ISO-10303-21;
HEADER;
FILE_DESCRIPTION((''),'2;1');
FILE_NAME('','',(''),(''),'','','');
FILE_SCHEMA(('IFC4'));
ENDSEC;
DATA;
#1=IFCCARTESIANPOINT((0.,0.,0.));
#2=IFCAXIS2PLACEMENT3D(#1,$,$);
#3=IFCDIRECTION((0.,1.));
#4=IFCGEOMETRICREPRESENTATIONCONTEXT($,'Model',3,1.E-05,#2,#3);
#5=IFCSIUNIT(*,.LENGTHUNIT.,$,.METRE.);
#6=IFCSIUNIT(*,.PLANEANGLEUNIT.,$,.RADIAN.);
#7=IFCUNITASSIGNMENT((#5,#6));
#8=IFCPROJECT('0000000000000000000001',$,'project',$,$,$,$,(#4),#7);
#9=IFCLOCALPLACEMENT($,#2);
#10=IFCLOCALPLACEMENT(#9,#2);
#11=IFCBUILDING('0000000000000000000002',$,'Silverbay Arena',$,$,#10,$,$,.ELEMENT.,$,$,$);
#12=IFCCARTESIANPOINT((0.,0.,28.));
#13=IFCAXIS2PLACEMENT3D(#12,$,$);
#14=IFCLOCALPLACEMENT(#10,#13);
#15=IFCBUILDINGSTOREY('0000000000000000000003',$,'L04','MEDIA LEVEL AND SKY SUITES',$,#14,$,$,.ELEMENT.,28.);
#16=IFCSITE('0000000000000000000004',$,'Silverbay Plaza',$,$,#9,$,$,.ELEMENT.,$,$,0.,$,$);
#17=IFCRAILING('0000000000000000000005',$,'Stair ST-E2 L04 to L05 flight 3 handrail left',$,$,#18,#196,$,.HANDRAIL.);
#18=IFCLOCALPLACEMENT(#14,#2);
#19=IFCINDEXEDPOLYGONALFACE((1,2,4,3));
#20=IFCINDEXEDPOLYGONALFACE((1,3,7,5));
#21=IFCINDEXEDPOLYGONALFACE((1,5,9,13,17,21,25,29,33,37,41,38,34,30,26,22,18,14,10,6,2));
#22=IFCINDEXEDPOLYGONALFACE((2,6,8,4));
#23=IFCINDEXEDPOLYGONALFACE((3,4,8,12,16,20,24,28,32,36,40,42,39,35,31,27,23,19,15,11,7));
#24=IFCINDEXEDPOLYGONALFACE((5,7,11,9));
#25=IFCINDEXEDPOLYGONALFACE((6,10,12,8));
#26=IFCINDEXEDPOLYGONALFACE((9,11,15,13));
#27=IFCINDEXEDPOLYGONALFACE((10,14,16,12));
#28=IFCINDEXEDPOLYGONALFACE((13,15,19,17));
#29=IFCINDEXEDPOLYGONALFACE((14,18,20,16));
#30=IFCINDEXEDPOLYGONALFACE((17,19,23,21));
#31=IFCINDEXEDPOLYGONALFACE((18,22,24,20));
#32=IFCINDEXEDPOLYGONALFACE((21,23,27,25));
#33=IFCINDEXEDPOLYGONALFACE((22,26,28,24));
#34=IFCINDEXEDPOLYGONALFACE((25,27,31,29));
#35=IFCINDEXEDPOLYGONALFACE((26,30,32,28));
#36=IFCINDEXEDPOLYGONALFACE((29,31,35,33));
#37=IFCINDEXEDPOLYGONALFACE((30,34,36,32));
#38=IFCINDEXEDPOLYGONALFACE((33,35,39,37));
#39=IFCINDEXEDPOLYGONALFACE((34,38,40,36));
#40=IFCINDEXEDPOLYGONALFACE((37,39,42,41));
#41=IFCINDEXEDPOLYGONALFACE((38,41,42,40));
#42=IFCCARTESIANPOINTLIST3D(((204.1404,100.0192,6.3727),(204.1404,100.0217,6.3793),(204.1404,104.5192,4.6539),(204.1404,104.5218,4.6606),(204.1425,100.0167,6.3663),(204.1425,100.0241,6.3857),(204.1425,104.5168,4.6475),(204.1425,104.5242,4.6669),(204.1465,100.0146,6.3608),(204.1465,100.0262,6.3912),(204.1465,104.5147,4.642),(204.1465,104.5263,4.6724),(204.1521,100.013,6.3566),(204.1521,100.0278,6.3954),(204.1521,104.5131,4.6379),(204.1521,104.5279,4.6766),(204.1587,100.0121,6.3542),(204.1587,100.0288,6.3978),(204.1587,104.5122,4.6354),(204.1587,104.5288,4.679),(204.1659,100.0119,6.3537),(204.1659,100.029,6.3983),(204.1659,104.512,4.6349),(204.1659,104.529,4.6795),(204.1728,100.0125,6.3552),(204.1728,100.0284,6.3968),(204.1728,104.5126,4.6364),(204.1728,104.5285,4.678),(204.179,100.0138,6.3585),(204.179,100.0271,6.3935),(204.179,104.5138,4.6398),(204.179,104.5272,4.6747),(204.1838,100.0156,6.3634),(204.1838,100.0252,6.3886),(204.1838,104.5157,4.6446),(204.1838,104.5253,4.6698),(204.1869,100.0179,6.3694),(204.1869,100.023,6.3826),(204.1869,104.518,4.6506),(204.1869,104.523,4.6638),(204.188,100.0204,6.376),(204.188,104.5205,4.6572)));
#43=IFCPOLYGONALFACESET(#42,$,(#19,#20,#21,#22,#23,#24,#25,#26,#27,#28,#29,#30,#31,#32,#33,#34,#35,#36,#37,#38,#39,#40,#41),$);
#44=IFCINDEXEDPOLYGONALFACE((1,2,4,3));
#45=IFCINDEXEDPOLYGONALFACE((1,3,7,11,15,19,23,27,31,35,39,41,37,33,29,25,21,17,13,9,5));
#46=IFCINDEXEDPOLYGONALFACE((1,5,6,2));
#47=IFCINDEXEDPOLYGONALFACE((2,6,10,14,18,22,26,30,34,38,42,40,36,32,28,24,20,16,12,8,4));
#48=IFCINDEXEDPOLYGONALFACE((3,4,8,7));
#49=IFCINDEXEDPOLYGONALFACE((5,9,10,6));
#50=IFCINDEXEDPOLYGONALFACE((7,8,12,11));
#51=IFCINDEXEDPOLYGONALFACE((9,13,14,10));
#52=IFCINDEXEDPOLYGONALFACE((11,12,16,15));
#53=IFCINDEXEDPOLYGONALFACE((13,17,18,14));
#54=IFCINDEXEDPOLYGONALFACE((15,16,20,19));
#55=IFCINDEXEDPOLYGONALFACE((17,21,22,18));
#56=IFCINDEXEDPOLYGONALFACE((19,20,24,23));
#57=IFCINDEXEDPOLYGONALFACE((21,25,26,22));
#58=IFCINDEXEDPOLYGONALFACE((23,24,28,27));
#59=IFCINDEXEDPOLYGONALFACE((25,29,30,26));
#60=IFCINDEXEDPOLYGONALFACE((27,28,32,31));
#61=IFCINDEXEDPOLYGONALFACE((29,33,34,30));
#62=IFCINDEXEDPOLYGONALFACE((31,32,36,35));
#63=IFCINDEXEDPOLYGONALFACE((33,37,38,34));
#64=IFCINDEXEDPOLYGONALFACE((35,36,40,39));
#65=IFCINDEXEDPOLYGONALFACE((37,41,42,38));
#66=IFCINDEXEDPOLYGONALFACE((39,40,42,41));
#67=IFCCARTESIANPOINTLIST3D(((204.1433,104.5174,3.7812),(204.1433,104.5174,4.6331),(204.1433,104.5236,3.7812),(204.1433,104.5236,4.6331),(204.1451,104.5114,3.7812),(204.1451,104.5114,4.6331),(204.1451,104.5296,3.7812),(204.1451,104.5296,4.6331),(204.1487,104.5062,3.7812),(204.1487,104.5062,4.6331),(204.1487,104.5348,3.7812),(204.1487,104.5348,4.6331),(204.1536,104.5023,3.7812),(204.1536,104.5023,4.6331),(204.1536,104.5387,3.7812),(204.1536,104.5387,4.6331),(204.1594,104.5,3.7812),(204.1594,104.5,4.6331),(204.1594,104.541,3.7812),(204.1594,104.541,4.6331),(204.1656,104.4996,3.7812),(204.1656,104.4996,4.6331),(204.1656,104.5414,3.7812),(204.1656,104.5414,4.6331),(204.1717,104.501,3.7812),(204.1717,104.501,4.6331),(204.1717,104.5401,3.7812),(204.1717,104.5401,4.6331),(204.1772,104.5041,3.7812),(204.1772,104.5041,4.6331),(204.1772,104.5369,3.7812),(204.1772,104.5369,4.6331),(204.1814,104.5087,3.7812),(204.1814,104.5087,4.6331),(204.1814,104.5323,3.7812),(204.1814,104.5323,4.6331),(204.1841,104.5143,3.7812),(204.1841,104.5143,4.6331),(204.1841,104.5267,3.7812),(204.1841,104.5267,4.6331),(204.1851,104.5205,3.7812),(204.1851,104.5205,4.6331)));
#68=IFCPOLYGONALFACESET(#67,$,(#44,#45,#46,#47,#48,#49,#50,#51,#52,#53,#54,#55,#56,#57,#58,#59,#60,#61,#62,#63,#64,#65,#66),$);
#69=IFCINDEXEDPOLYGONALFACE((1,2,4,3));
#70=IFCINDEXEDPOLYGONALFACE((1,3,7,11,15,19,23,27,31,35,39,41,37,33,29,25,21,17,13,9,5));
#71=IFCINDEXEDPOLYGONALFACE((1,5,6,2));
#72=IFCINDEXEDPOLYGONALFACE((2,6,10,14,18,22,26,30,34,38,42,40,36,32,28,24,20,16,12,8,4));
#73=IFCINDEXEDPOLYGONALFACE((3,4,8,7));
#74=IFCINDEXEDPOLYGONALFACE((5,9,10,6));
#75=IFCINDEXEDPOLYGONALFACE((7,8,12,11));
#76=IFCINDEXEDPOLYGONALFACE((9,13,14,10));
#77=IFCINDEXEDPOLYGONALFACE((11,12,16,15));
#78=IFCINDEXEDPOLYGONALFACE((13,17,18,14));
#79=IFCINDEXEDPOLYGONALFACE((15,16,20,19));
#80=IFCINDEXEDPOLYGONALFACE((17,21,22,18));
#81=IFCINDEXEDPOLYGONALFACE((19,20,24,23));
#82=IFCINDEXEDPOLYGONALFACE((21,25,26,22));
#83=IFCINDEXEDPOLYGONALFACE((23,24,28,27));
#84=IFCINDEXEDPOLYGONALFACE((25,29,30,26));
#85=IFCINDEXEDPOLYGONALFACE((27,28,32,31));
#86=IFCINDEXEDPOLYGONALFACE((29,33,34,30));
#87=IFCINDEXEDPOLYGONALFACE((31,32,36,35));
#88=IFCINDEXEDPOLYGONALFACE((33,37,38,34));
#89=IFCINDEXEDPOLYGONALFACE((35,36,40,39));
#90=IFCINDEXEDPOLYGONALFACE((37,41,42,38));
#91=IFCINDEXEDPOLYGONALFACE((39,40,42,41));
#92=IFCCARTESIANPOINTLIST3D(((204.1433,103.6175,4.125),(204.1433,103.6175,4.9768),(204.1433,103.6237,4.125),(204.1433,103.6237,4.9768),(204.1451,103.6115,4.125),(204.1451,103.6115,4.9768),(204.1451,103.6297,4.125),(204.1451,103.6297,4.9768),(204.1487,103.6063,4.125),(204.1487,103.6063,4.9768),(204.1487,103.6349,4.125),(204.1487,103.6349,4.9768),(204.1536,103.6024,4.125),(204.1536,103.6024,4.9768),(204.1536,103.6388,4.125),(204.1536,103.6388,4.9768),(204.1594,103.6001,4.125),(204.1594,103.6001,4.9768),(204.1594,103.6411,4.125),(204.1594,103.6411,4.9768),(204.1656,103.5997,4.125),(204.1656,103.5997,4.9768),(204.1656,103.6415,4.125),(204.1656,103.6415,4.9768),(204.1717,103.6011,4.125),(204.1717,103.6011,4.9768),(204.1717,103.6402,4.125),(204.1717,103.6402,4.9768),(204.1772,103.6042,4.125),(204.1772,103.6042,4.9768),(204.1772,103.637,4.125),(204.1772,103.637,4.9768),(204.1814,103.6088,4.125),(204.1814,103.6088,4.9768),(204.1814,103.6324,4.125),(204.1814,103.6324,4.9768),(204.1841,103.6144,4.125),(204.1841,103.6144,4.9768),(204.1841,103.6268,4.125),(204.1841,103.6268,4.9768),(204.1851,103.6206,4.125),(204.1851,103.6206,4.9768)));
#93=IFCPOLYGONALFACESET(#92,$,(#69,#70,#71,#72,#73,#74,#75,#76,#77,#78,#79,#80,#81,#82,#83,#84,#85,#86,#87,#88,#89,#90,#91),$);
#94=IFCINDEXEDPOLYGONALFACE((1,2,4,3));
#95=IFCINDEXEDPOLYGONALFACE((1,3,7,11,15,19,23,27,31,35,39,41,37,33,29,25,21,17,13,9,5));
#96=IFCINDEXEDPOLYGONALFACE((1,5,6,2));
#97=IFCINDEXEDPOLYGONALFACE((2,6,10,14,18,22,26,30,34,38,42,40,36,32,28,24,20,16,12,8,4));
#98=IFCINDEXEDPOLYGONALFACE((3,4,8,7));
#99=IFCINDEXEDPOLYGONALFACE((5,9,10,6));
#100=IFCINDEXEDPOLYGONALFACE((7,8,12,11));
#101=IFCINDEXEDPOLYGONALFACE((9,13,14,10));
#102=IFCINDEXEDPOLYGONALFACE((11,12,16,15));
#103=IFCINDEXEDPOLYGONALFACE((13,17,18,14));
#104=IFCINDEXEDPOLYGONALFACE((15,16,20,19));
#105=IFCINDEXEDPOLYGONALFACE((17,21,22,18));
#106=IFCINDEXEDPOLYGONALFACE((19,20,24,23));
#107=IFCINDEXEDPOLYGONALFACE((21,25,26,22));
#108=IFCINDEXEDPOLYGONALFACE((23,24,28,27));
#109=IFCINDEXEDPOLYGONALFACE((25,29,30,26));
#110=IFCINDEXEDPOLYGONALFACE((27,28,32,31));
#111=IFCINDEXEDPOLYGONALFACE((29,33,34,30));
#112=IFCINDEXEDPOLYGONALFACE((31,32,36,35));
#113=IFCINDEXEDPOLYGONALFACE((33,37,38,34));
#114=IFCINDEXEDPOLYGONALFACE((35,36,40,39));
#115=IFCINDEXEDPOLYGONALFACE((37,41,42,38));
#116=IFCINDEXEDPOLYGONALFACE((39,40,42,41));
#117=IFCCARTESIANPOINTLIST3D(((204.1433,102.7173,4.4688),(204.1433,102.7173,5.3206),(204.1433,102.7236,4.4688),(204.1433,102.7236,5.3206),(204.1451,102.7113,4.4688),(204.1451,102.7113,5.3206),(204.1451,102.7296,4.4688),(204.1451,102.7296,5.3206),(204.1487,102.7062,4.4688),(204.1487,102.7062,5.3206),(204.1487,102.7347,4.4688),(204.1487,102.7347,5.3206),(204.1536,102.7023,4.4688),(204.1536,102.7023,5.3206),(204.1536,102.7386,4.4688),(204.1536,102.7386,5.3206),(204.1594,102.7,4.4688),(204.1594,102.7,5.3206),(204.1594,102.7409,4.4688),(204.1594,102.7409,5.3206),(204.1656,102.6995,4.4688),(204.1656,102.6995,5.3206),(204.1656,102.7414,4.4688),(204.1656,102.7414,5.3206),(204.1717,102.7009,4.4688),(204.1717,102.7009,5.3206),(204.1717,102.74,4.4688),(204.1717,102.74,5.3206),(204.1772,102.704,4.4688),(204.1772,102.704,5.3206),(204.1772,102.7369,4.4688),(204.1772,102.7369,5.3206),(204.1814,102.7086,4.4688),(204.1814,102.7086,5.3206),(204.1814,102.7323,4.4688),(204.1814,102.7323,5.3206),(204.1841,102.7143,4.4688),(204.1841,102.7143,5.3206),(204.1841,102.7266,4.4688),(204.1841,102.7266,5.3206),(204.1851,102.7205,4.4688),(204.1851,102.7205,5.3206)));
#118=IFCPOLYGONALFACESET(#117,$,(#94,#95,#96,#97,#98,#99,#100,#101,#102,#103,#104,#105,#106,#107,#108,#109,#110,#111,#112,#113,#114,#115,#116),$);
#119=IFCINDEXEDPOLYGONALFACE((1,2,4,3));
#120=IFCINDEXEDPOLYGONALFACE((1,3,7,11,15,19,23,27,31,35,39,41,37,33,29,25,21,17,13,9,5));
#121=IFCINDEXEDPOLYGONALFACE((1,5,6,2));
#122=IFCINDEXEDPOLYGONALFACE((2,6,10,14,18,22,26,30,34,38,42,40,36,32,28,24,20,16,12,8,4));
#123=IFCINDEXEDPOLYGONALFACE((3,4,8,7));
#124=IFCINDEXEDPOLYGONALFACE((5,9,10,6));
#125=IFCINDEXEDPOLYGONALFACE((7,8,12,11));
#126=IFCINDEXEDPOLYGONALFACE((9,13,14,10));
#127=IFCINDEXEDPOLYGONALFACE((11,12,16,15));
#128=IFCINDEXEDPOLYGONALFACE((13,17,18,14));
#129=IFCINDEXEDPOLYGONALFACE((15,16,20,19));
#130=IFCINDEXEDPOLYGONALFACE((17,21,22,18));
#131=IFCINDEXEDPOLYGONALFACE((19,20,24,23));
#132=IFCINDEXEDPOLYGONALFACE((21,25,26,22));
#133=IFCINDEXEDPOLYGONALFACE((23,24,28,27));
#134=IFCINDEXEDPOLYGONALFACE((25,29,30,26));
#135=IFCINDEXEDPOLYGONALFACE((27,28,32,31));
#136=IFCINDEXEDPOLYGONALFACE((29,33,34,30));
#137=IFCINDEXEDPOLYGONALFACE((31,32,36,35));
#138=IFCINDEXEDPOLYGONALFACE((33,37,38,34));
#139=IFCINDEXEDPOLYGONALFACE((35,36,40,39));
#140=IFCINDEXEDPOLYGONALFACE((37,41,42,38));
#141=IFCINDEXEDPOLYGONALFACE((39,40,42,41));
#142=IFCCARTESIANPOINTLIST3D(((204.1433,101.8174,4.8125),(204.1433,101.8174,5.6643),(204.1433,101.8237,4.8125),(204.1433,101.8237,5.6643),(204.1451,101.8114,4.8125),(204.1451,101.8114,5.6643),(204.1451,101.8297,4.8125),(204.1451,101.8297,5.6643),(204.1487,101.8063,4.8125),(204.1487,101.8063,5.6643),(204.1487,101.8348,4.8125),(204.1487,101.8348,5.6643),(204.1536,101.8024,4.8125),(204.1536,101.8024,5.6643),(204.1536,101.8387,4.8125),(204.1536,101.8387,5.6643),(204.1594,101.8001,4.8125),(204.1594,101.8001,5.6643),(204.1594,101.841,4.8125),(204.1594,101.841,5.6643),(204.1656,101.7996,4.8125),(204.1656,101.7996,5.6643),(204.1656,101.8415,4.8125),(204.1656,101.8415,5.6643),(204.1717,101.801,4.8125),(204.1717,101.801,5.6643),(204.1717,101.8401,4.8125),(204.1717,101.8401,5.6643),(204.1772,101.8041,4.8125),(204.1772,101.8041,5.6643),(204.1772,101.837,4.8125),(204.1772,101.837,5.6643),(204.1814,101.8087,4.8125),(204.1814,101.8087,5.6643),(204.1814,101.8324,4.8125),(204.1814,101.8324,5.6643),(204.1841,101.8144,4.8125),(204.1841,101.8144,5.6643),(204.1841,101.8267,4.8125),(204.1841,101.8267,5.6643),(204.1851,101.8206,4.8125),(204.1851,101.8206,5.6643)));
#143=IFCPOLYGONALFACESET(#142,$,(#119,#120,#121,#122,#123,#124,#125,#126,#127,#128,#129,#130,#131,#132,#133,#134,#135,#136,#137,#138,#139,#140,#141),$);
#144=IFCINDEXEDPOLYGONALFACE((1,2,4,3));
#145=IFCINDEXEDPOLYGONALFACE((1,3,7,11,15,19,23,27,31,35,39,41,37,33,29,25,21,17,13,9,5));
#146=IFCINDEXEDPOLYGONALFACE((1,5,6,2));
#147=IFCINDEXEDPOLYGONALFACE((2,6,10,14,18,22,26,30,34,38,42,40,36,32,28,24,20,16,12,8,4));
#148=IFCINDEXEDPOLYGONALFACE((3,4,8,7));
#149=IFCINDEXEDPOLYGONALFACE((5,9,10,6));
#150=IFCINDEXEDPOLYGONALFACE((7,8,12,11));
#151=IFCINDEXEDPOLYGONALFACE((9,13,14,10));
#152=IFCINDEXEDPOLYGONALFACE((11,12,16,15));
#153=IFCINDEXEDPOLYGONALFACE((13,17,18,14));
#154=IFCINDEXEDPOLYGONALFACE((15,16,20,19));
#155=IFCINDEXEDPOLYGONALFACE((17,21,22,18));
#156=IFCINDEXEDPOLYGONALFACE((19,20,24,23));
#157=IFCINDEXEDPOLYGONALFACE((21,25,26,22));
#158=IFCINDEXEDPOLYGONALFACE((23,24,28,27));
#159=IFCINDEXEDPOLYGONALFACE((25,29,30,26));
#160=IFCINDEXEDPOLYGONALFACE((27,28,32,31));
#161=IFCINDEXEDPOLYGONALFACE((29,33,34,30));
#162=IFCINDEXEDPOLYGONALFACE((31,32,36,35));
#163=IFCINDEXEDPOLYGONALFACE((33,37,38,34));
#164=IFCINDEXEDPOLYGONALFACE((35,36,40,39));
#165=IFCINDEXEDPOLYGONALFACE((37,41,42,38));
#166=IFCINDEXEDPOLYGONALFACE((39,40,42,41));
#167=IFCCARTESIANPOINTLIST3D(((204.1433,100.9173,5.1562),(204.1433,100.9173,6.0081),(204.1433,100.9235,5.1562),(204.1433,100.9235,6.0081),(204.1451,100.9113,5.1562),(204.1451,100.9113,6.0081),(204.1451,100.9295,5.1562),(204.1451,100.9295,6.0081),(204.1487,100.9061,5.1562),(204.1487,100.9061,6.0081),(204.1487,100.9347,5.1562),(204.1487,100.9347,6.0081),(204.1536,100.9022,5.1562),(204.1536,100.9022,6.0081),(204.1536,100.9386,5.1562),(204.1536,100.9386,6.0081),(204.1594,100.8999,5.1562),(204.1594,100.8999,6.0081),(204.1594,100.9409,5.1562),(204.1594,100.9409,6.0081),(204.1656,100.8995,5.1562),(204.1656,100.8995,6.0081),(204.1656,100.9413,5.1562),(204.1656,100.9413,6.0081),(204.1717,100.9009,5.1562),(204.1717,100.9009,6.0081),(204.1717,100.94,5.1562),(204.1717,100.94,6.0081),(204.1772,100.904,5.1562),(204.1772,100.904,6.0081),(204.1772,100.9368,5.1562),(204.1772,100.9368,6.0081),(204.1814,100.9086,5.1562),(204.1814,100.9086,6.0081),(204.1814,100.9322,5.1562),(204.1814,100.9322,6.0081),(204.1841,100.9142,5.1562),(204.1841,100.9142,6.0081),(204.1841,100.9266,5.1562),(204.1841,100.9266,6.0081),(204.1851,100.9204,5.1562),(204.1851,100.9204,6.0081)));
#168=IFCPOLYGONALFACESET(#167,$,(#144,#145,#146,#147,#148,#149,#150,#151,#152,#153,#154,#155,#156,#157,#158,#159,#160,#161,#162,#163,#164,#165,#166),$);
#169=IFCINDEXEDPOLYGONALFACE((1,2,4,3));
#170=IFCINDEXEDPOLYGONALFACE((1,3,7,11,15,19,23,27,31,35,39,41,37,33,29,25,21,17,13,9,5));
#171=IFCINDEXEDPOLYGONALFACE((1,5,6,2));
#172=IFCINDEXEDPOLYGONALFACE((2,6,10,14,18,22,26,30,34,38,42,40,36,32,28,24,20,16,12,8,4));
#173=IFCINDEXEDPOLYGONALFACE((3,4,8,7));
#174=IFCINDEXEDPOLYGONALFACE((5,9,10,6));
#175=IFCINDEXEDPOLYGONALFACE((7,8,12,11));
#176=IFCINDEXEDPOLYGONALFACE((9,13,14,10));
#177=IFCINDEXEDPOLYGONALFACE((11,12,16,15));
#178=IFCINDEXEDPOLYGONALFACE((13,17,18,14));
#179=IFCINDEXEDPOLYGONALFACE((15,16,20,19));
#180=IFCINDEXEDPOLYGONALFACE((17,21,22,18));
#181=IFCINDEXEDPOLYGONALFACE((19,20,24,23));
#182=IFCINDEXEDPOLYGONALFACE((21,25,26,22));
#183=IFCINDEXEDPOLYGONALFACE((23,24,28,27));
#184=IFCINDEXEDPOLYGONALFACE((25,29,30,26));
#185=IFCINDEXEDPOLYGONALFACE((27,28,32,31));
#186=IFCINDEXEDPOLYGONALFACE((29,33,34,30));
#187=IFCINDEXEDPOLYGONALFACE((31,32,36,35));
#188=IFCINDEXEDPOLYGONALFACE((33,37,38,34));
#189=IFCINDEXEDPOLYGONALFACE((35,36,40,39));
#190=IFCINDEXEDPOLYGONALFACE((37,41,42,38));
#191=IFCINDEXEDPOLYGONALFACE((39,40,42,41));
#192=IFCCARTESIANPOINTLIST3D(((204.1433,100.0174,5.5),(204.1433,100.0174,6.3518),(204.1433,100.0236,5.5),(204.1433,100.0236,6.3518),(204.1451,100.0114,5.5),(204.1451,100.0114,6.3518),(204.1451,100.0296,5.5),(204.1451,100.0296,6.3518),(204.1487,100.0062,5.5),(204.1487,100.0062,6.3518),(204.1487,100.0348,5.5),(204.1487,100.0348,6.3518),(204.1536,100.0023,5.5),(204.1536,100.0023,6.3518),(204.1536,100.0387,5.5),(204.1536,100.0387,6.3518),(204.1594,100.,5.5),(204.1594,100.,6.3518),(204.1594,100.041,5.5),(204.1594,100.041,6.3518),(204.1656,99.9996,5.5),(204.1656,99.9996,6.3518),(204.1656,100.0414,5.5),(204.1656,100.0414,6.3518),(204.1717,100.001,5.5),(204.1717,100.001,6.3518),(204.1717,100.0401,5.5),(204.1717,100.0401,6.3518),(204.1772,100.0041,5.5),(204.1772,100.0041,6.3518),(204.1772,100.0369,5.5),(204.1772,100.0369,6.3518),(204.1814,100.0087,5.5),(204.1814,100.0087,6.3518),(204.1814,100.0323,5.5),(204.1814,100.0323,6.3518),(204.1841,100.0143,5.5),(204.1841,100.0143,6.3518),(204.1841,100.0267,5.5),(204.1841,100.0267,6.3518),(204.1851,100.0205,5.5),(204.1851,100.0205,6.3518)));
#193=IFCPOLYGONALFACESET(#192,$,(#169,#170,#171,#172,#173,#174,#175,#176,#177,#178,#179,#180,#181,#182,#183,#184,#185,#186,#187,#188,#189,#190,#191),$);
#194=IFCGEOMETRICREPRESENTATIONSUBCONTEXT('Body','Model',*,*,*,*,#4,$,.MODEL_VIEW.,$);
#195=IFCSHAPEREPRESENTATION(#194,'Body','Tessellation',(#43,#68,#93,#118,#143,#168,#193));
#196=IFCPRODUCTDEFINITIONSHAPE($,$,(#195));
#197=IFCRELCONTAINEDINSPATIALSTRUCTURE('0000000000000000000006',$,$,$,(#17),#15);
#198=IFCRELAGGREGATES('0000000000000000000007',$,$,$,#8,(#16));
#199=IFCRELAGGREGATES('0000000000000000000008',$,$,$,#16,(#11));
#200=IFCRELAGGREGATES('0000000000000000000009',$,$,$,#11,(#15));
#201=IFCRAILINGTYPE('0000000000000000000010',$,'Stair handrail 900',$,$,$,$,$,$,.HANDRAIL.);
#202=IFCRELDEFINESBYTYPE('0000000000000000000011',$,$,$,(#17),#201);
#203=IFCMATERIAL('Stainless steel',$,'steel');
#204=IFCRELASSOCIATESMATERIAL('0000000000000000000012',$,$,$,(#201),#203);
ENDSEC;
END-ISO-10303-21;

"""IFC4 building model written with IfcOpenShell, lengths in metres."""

from ifc_helpers import new_model, si_unit, direction, frame, origin, origin_2d, place, context, subcontext, project, spatial, circle, extrude, material, type_object, element, save


model = new_model("IFC4")

# Units and contexts
model_context = context("Model", 3, precision=1e-05, world=origin(), true_north=direction((0.0, 1.0)))
body_context = subcontext(model_context, "Body", "Model", "MODEL_VIEW")
ifc_project = project(units=[si_unit("LENGTHUNIT", "METRE"), si_unit("PLANEANGLEUNIT", "RADIAN")], contexts=[model_context])

# Site, building, storey
site_placement = place(None, origin())
site = spatial("IfcSite", under=ifc_project, at=site_placement, Name="Silverbay Plaza", CompositionType="ELEMENT", RefElevation=0.0)
building_placement = place(site_placement, origin())
building = spatial("IfcBuilding", under=site, at=building_placement, Name="Silverbay Arena", CompositionType="ELEMENT")
storey_placement = place(building_placement, frame((0.0, 0.0, 28.0)))
storey = spatial("IfcBuildingStorey", under=building, at=storey_placement, Name="L04", Description="MEDIA LEVEL AND SKY SUITES", CompositionType="ELEMENT", Elevation=28.0)

# Railing
ifc_material_1 = material(Name="Stainless steel", Category="steel")
railing_type_1 = type_object("IfcRailingType", Name="Stair handrail 900", PredefinedType="HANDRAIL", material=ifc_material_1)
for number, where, name in (
    (1, (204.1641, 104.5205, 3.7812), "Stair ST-E2 L04 to L05 flight 3 handrail left"),
):
    element("IfcRailing", number, at=place(storey_placement, frame(where)), inside=storey, type_object=railing_type_1, Name=name, PredefinedType="HANDRAIL", context=body_context, shape_type="SweptSolid", body=[
        extrude(circle(Radius=0.0239, at=origin_2d()), frame((0.0, 0.0, 0.876), z_axis=(0.0, -0.934179, 0.356805), x_axis=(1.0, 0.0, 0.0)), (0.0, 0.0, 1.0), 4.8171),
        extrude(circle(Radius=0.021, at=origin_2d()), origin(), (0.0, 0.0, 1.0), 0.8518),
        extrude(circle(Radius=0.021, at=origin_2d()), frame((0.0, -0.8999, 0.3438)), (0.0, 0.0, 1.0), 0.8518),
        extrude(circle(Radius=0.021, at=origin_2d()), frame((0.0, -1.8, 0.6875)), (0.0, 0.0, 1.0), 0.8518),
        extrude(circle(Radius=0.021, at=origin_2d()), frame((0.0, -2.7, 1.0312)), (0.0, 0.0, 1.0), 0.8518),
        extrude(circle(Radius=0.021, at=origin_2d()), frame((0.0, -3.6001, 1.375)), (0.0, 0.0, 1.0), 0.8518),
        extrude(circle(Radius=0.021, at=origin_2d()), frame((0.0, -4.5, 1.7188)), (0.0, 0.0, 1.0), 0.8518),
    ])

save(model, "model.ifc")
